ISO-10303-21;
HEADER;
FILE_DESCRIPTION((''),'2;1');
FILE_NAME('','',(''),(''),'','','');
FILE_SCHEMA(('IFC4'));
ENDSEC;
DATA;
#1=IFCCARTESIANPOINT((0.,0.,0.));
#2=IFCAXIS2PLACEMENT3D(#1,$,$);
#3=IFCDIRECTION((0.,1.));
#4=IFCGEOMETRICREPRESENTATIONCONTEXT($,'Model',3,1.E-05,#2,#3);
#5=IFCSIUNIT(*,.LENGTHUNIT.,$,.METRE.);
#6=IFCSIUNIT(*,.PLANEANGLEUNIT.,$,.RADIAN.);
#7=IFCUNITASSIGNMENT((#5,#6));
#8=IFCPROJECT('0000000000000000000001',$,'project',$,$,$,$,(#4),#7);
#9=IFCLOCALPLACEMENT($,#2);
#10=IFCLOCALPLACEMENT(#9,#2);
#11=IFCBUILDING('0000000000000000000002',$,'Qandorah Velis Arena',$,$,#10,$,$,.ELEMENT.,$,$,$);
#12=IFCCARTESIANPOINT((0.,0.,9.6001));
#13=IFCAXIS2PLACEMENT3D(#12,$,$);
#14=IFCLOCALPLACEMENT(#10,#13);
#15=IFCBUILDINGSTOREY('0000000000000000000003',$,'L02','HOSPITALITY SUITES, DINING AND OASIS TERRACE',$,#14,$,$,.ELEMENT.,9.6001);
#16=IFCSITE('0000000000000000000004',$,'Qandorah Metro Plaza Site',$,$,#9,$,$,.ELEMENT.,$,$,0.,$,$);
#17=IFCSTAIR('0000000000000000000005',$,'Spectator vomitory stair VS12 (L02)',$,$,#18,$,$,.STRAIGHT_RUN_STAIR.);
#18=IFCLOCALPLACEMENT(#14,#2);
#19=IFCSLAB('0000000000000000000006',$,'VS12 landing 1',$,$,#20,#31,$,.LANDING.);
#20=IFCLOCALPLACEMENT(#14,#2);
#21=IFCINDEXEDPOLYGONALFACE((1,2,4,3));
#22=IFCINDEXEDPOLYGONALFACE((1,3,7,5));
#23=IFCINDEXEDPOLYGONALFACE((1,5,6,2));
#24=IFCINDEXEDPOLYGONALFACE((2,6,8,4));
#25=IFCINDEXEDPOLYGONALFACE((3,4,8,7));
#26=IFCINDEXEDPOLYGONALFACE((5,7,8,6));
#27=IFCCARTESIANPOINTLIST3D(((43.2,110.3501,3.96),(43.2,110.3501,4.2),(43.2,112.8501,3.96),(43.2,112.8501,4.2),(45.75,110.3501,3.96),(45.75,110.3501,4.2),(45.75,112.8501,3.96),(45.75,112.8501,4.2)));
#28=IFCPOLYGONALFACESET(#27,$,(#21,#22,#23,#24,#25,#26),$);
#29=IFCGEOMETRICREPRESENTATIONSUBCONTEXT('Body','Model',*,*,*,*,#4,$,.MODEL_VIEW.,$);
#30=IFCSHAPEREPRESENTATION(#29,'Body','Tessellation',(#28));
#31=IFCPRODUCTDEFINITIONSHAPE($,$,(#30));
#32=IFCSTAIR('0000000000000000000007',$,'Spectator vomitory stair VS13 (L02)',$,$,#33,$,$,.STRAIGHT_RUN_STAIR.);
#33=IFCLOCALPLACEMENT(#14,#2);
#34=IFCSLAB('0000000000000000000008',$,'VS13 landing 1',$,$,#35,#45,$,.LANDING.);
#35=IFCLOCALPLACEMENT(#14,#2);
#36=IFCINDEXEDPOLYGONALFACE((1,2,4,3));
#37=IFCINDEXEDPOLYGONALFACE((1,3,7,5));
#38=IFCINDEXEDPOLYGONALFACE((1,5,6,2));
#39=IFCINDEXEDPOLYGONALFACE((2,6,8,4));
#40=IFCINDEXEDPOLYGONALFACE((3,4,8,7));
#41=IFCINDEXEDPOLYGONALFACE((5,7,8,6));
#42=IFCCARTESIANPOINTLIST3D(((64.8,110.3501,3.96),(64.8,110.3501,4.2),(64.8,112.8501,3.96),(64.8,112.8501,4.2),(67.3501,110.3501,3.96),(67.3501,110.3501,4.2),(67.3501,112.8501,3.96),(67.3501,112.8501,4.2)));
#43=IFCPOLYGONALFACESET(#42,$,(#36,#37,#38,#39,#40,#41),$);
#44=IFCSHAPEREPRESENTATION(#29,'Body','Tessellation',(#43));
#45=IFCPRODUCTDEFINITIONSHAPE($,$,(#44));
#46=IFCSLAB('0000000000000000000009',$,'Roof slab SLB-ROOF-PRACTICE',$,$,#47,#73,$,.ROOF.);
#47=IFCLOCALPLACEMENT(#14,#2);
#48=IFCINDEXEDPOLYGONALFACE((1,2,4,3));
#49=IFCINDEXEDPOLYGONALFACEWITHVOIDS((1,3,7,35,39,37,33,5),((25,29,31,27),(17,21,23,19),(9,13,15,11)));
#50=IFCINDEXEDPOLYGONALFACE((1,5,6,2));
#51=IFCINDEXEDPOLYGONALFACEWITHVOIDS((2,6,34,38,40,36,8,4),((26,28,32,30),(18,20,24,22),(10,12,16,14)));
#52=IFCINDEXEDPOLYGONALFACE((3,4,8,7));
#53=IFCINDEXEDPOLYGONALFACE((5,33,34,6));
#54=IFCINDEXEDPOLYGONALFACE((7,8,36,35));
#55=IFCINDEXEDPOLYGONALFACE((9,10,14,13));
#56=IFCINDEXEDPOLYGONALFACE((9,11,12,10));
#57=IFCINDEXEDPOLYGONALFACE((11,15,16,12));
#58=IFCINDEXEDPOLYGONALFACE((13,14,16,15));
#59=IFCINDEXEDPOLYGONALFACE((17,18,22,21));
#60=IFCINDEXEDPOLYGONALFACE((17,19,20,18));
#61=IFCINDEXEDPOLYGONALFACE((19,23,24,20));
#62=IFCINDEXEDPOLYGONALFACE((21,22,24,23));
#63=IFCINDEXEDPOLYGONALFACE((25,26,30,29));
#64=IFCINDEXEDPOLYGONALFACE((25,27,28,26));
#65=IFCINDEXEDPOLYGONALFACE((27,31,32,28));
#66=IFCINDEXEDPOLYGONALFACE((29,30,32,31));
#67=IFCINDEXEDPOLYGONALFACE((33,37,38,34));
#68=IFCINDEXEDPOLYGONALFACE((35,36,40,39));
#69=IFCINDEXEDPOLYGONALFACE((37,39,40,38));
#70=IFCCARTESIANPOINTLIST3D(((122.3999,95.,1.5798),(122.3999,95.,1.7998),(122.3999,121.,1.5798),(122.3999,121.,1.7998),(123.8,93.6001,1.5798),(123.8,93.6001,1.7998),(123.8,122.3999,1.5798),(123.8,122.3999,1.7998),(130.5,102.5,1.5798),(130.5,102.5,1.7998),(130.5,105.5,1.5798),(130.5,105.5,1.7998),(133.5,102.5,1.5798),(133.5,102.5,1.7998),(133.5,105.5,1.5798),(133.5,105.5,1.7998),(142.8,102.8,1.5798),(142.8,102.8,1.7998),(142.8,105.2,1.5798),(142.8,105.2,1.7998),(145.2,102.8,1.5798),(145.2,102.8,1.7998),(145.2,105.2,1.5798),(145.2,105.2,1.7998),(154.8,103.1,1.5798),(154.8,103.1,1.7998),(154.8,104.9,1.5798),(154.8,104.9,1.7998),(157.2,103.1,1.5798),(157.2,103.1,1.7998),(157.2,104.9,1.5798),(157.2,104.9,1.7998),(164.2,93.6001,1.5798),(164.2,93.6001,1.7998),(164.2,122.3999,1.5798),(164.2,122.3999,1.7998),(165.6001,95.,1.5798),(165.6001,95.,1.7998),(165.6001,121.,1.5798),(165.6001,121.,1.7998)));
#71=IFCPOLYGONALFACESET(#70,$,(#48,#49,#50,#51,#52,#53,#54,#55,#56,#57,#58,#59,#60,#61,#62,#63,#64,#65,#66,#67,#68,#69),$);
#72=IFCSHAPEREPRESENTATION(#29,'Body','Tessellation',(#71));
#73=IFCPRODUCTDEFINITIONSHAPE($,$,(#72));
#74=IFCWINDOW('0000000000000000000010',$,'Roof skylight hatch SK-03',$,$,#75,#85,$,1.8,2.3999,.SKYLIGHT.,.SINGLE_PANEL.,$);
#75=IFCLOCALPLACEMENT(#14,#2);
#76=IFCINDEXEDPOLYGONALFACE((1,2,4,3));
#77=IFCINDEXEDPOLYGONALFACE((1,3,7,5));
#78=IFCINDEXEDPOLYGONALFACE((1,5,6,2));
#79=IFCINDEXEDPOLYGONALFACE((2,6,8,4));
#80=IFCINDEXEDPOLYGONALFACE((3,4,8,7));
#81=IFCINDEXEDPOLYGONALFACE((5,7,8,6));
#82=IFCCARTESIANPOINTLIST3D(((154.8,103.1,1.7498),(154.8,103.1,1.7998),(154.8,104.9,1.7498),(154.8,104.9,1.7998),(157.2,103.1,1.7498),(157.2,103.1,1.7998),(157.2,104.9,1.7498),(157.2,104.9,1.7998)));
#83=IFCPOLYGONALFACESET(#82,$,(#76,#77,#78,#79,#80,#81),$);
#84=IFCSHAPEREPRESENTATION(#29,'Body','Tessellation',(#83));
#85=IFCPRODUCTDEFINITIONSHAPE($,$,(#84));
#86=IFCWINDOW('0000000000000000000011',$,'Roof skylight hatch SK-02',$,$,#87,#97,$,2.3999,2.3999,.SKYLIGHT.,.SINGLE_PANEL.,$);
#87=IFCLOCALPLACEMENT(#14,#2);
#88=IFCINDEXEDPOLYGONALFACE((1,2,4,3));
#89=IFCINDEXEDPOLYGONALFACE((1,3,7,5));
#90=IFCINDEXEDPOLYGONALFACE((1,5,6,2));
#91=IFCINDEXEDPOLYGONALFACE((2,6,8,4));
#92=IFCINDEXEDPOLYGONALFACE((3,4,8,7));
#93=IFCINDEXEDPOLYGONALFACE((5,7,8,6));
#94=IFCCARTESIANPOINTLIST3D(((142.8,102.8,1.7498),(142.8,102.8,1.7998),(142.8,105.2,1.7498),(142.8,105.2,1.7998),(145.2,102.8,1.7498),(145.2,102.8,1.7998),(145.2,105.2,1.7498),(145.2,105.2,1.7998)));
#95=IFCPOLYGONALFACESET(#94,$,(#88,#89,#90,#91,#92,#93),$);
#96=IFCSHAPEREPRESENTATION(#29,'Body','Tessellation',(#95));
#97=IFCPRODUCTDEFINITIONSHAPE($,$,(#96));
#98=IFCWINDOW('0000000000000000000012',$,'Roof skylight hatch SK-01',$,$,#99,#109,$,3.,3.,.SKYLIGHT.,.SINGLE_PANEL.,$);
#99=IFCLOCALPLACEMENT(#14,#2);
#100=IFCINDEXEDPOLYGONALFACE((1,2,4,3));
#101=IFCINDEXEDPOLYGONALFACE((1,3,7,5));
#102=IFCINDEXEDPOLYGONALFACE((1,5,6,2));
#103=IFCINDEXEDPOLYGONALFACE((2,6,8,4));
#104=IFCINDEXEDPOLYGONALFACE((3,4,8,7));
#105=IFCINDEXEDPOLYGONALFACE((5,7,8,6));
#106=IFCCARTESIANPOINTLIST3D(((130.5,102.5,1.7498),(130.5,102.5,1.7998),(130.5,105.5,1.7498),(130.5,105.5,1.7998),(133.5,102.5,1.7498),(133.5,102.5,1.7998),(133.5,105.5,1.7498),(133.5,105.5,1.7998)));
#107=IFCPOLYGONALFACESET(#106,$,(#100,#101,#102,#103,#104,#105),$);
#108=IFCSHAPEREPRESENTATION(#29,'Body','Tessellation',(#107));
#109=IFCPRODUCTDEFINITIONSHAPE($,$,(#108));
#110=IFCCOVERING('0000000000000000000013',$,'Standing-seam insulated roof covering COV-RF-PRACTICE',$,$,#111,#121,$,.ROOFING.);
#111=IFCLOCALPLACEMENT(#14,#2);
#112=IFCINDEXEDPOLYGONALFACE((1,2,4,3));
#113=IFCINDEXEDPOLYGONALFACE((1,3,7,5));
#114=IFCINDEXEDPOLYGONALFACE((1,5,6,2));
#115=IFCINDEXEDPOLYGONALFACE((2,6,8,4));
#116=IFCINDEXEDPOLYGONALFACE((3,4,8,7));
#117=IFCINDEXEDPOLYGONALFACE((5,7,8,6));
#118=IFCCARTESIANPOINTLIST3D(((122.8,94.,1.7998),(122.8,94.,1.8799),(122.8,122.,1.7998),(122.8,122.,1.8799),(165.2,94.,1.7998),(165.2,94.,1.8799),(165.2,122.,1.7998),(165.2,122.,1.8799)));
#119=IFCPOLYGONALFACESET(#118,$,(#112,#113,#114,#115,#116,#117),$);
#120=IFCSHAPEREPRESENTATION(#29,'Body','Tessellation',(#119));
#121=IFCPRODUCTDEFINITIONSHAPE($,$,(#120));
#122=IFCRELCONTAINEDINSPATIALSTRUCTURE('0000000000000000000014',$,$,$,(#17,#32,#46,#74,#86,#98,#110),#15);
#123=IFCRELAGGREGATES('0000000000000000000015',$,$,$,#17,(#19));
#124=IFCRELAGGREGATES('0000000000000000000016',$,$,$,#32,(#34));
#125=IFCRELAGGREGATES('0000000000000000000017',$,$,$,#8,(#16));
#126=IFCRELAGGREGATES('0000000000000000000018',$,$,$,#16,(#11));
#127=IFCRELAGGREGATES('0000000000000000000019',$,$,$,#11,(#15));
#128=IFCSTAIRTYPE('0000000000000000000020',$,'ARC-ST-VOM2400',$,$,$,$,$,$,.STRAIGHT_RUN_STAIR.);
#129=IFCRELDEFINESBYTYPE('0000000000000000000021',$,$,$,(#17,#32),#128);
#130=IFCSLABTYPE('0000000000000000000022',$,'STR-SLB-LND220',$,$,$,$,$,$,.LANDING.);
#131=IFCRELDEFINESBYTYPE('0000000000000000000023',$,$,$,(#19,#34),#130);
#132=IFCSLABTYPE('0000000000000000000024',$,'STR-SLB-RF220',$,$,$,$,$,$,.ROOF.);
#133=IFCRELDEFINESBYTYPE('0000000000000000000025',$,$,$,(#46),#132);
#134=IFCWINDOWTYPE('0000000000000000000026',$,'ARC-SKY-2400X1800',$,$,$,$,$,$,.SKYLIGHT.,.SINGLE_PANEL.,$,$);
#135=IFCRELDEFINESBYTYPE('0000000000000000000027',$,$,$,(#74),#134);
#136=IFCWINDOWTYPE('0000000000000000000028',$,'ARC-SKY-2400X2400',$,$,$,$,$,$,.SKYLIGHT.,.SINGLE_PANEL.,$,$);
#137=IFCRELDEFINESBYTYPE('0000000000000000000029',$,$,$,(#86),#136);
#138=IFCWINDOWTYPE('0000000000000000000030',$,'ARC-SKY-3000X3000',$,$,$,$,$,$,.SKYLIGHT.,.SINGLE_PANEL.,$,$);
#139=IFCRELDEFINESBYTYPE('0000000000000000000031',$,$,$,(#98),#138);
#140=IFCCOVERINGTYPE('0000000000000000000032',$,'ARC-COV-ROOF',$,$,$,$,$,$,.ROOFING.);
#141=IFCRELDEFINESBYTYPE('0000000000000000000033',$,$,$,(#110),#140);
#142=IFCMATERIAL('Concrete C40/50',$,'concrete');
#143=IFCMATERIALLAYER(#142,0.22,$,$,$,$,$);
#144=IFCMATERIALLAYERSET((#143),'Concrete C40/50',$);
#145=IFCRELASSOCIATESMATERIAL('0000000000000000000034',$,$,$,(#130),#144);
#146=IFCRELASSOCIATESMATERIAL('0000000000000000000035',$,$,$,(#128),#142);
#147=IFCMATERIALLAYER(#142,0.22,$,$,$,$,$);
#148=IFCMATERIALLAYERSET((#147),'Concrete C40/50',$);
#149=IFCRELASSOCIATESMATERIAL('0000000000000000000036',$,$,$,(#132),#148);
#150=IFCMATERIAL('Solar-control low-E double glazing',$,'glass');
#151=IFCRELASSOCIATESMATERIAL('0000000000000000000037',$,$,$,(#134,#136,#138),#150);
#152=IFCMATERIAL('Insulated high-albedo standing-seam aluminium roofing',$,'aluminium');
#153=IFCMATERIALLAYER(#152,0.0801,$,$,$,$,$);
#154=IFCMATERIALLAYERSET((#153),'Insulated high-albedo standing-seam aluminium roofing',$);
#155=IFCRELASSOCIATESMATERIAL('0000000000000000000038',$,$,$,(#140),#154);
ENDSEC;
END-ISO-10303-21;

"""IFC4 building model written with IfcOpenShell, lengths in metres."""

from ifc_helpers import new_model, si_unit, direction, frame, origin, origin_2d, place, context, subcontext, project, spatial, polyline, rectangle, outline, extrude, material, layer, layer_set, type_object, element, fill, aggregate, save


model = new_model("IFC4")

# Units and contexts
model_context = context("Model", 3, precision=1e-05, world=origin(), true_north=direction((0.0, 1.0)))
body_context = subcontext(model_context, "Body", "Model", "MODEL_VIEW")
ifc_project = project(units=[si_unit("LENGTHUNIT", "METRE"), si_unit("PLANEANGLEUNIT", "RADIAN")], contexts=[model_context])

# Site, building, storey
site_placement = place(None, origin())
site = spatial("IfcSite", under=ifc_project, at=site_placement, Name="Qandorah Metro Plaza Site", CompositionType="ELEMENT", RefElevation=0.0)
building_placement = place(site_placement, origin())
building = spatial("IfcBuilding", under=site, at=building_placement, Name="Qandorah Velis Arena", CompositionType="ELEMENT")
storey_placement = place(building_placement, frame((0.0, 0.0, 9.6001)))
storey = spatial("IfcBuildingStorey", under=building, at=storey_placement, Name="L02", Description="HOSPITALITY SUITES, DINING AND OASIS TERRACE", CompositionType="ELEMENT", Elevation=9.6001)

# Stairs, slabs
ifc_material_1 = material(Name="Concrete C40/50", Category="concrete")
ifc_layer_1 = layer(ifc_material_1, 0.22)
ifc_layer_set_1 = layer_set([ifc_layer_1], Name="Concrete C40/50")
slab_type_1 = type_object("IfcSlabType", Name="STR-SLB-LND220", PredefinedType="LANDING", material=ifc_layer_set_1)
stair_type_1 = type_object("IfcStairType", Name="ARC-ST-VOM2400", PredefinedType="STRAIGHT_RUN_STAIR", material=ifc_material_1)
stair_1_placement = place(storey_placement, origin())
stair_1 = element("IfcStair", 1, at=stair_1_placement, inside=storey, type_object=stair_type_1, Name="Spectator vomitory stair VS12 (L02)", PredefinedType="STRAIGHT_RUN_STAIR")
slab_1_placement = place(storey_placement, frame((0.0, 0.0, 3.96)))
slab_1 = element("IfcSlab", 2, at=slab_1_placement, type_object=slab_type_1, Name="VS12 landing 1", PredefinedType="LANDING", context=body_context, shape_type="SweptSolid", body=[
    extrude(outline(polyline([(43.2, 110.3501), (45.75, 110.3501), (45.75, 112.8501), (43.2, 112.8501), (43.2, 110.3501)])), origin(), (0.0, 0.0, 1.0), 0.24),
])
aggregate(stair_1, [slab_1])
stair_2_placement = place(storey_placement, origin())
stair_2 = element("IfcStair", 3, at=stair_2_placement, inside=storey, type_object=stair_type_1, Name="Spectator vomitory stair VS13 (L02)", PredefinedType="STRAIGHT_RUN_STAIR")
slab_2_placement = place(storey_placement, frame((0.0, 0.0, 3.96)))
slab_2 = element("IfcSlab", 4, at=slab_2_placement, type_object=slab_type_1, Name="VS13 landing 1", PredefinedType="LANDING", context=body_context, shape_type="SweptSolid", body=[
    extrude(outline(polyline([(64.8, 110.3501), (67.3501, 110.3501), (67.3501, 112.8501), (64.8, 112.8501), (64.8, 110.3501)])), origin(), (0.0, 0.0, 1.0), 0.24),
])
aggregate(stair_2, [slab_2])

# Slab, openings, windows
ifc_layer_2 = layer(ifc_material_1, 0.22)
ifc_layer_set_2 = layer_set([ifc_layer_2], Name="Concrete C40/50")
slab_type_2 = type_object("IfcSlabType", Name="STR-SLB-RF220", PredefinedType="ROOF", material=ifc_layer_set_2)
slab_3_placement = place(storey_placement, frame((0.0, 0.0, 1.5798)))
slab_3 = element("IfcSlab", 5, at=slab_3_placement, inside=storey, type_object=slab_type_2, Name="Roof slab SLB-ROOF-PRACTICE", PredefinedType="ROOF", context=body_context, shape_type="SweptSolid", body=[
    extrude(outline(polyline([(123.8, 93.6001), (164.2, 93.6001), (165.6001, 95.0), (165.6001, 121.0), (164.2, 122.3999), (123.8, 122.3999), (122.3999, 121.0), (122.3999, 95.0), (123.8, 93.6001)])), origin(), (0.0, 0.0, 1.0), 0.22),
])
opening_1_placement = place(slab_3_placement, frame((132.0, 104.0, -0.01)))
opening_1 = element("IfcOpeningElement", 6, at=opening_1_placement, cuts=slab_3, PredefinedType="OPENING", context=body_context, shape_type="SweptSolid", body=[
    extrude(rectangle(XDim=3.0, YDim=3.0, at=origin_2d()), origin(), (0.0, 0.0, 1.0), 0.24),
])
opening_2_placement = place(slab_3_placement, frame((144.0, 104.0, -0.01)))
opening_2 = element("IfcOpeningElement", 7, at=opening_2_placement, cuts=slab_3, PredefinedType="OPENING", context=body_context, shape_type="SweptSolid", body=[
    extrude(rectangle(XDim=2.3999, YDim=2.3999, at=origin_2d()), origin(), (0.0, 0.0, 1.0), 0.24),
])
opening_3_placement = place(slab_3_placement, frame((156.0, 104.0, -0.01)))
opening_3 = element("IfcOpeningElement", 8, at=opening_3_placement, cuts=slab_3, PredefinedType="OPENING", context=body_context, shape_type="SweptSolid", body=[
    extrude(rectangle(XDim=2.3999, YDim=1.8, at=origin_2d()), origin(), (0.0, 0.0, 1.0), 0.24),
])
ifc_material_2 = material(Name="Solar-control low-E double glazing", Category="glass")
window_type_1 = type_object("IfcWindowType", Name="ARC-SKY-2400X1800", PartitioningType="SINGLE_PANEL", PredefinedType="SKYLIGHT", material=ifc_material_2)
window_1_placement = place(opening_3_placement, frame((0.0, 0.0, 0.1799)))
window_1 = element("IfcWindow", 9, at=window_1_placement, inside=storey, type_object=window_type_1, Name="Roof skylight hatch SK-03", OverallHeight=1.8, OverallWidth=2.3999, PartitioningType="SINGLE_PANEL", PredefinedType="SKYLIGHT", context=body_context, shape_type="SweptSolid", body=[
    extrude(rectangle(XDim=2.3999, YDim=1.8, at=origin_2d()), origin(), (0.0, 0.0, 1.0), 0.05),
])
fill(opening_3, window_1)
window_type_2 = type_object("IfcWindowType", Name="ARC-SKY-2400X2400", PartitioningType="SINGLE_PANEL", PredefinedType="SKYLIGHT", material=ifc_material_2)
window_2_placement = place(opening_2_placement, frame((0.0, 0.0, 0.1799)))
window_2 = element("IfcWindow", 10, at=window_2_placement, inside=storey, type_object=window_type_2, Name="Roof skylight hatch SK-02", OverallHeight=2.3999, OverallWidth=2.3999, PartitioningType="SINGLE_PANEL", PredefinedType="SKYLIGHT", context=body_context, shape_type="SweptSolid", body=[
    extrude(rectangle(XDim=2.3999, YDim=2.3999, at=origin_2d()), origin(), (0.0, 0.0, 1.0), 0.05),
])
fill(opening_2, window_2)
window_type_3 = type_object("IfcWindowType", Name="ARC-SKY-3000X3000", PartitioningType="SINGLE_PANEL", PredefinedType="SKYLIGHT", material=ifc_material_2)
window_3_placement = place(opening_1_placement, frame((0.0, 0.0, 0.1799)))
window_3 = element("IfcWindow", 11, at=window_3_placement, inside=storey, type_object=window_type_3, Name="Roof skylight hatch SK-01", OverallHeight=3.0, OverallWidth=3.0, PartitioningType="SINGLE_PANEL", PredefinedType="SKYLIGHT", context=body_context, shape_type="SweptSolid", body=[
    extrude(rectangle(XDim=3.0, YDim=3.0, at=origin_2d()), origin(), (0.0, 0.0, 1.0), 0.05),
])
fill(opening_1, window_3)

# Covering
ifc_material_3 = material(Name="Insulated high-albedo standing-seam aluminium roofing", Category="aluminium")
ifc_layer_3 = layer(ifc_material_3, 0.0801)
ifc_layer_set_3 = layer_set([ifc_layer_3], Name="Insulated high-albedo standing-seam aluminium roofing")
covering_type = type_object("IfcCoveringType", Name="ARC-COV-ROOF", PredefinedType="ROOFING", material=ifc_layer_set_3)
covering_placement = place(storey_placement, frame((0.0, 0.0, 1.7998)))
element("IfcCovering", 12, at=covering_placement, inside=storey, type_object=covering_type, Name="Standing-seam insulated roof covering COV-RF-PRACTICE", PredefinedType="ROOFING", context=body_context, shape_type="SweptSolid", body=[
    extrude(outline(polyline([(122.8, 94.0), (165.2, 94.0), (165.2, 122.0), (122.8, 122.0), (122.8, 94.0)])), origin(), (0.0, 0.0, 1.0), 0.0801),
])

save(model, "model.ifc")
